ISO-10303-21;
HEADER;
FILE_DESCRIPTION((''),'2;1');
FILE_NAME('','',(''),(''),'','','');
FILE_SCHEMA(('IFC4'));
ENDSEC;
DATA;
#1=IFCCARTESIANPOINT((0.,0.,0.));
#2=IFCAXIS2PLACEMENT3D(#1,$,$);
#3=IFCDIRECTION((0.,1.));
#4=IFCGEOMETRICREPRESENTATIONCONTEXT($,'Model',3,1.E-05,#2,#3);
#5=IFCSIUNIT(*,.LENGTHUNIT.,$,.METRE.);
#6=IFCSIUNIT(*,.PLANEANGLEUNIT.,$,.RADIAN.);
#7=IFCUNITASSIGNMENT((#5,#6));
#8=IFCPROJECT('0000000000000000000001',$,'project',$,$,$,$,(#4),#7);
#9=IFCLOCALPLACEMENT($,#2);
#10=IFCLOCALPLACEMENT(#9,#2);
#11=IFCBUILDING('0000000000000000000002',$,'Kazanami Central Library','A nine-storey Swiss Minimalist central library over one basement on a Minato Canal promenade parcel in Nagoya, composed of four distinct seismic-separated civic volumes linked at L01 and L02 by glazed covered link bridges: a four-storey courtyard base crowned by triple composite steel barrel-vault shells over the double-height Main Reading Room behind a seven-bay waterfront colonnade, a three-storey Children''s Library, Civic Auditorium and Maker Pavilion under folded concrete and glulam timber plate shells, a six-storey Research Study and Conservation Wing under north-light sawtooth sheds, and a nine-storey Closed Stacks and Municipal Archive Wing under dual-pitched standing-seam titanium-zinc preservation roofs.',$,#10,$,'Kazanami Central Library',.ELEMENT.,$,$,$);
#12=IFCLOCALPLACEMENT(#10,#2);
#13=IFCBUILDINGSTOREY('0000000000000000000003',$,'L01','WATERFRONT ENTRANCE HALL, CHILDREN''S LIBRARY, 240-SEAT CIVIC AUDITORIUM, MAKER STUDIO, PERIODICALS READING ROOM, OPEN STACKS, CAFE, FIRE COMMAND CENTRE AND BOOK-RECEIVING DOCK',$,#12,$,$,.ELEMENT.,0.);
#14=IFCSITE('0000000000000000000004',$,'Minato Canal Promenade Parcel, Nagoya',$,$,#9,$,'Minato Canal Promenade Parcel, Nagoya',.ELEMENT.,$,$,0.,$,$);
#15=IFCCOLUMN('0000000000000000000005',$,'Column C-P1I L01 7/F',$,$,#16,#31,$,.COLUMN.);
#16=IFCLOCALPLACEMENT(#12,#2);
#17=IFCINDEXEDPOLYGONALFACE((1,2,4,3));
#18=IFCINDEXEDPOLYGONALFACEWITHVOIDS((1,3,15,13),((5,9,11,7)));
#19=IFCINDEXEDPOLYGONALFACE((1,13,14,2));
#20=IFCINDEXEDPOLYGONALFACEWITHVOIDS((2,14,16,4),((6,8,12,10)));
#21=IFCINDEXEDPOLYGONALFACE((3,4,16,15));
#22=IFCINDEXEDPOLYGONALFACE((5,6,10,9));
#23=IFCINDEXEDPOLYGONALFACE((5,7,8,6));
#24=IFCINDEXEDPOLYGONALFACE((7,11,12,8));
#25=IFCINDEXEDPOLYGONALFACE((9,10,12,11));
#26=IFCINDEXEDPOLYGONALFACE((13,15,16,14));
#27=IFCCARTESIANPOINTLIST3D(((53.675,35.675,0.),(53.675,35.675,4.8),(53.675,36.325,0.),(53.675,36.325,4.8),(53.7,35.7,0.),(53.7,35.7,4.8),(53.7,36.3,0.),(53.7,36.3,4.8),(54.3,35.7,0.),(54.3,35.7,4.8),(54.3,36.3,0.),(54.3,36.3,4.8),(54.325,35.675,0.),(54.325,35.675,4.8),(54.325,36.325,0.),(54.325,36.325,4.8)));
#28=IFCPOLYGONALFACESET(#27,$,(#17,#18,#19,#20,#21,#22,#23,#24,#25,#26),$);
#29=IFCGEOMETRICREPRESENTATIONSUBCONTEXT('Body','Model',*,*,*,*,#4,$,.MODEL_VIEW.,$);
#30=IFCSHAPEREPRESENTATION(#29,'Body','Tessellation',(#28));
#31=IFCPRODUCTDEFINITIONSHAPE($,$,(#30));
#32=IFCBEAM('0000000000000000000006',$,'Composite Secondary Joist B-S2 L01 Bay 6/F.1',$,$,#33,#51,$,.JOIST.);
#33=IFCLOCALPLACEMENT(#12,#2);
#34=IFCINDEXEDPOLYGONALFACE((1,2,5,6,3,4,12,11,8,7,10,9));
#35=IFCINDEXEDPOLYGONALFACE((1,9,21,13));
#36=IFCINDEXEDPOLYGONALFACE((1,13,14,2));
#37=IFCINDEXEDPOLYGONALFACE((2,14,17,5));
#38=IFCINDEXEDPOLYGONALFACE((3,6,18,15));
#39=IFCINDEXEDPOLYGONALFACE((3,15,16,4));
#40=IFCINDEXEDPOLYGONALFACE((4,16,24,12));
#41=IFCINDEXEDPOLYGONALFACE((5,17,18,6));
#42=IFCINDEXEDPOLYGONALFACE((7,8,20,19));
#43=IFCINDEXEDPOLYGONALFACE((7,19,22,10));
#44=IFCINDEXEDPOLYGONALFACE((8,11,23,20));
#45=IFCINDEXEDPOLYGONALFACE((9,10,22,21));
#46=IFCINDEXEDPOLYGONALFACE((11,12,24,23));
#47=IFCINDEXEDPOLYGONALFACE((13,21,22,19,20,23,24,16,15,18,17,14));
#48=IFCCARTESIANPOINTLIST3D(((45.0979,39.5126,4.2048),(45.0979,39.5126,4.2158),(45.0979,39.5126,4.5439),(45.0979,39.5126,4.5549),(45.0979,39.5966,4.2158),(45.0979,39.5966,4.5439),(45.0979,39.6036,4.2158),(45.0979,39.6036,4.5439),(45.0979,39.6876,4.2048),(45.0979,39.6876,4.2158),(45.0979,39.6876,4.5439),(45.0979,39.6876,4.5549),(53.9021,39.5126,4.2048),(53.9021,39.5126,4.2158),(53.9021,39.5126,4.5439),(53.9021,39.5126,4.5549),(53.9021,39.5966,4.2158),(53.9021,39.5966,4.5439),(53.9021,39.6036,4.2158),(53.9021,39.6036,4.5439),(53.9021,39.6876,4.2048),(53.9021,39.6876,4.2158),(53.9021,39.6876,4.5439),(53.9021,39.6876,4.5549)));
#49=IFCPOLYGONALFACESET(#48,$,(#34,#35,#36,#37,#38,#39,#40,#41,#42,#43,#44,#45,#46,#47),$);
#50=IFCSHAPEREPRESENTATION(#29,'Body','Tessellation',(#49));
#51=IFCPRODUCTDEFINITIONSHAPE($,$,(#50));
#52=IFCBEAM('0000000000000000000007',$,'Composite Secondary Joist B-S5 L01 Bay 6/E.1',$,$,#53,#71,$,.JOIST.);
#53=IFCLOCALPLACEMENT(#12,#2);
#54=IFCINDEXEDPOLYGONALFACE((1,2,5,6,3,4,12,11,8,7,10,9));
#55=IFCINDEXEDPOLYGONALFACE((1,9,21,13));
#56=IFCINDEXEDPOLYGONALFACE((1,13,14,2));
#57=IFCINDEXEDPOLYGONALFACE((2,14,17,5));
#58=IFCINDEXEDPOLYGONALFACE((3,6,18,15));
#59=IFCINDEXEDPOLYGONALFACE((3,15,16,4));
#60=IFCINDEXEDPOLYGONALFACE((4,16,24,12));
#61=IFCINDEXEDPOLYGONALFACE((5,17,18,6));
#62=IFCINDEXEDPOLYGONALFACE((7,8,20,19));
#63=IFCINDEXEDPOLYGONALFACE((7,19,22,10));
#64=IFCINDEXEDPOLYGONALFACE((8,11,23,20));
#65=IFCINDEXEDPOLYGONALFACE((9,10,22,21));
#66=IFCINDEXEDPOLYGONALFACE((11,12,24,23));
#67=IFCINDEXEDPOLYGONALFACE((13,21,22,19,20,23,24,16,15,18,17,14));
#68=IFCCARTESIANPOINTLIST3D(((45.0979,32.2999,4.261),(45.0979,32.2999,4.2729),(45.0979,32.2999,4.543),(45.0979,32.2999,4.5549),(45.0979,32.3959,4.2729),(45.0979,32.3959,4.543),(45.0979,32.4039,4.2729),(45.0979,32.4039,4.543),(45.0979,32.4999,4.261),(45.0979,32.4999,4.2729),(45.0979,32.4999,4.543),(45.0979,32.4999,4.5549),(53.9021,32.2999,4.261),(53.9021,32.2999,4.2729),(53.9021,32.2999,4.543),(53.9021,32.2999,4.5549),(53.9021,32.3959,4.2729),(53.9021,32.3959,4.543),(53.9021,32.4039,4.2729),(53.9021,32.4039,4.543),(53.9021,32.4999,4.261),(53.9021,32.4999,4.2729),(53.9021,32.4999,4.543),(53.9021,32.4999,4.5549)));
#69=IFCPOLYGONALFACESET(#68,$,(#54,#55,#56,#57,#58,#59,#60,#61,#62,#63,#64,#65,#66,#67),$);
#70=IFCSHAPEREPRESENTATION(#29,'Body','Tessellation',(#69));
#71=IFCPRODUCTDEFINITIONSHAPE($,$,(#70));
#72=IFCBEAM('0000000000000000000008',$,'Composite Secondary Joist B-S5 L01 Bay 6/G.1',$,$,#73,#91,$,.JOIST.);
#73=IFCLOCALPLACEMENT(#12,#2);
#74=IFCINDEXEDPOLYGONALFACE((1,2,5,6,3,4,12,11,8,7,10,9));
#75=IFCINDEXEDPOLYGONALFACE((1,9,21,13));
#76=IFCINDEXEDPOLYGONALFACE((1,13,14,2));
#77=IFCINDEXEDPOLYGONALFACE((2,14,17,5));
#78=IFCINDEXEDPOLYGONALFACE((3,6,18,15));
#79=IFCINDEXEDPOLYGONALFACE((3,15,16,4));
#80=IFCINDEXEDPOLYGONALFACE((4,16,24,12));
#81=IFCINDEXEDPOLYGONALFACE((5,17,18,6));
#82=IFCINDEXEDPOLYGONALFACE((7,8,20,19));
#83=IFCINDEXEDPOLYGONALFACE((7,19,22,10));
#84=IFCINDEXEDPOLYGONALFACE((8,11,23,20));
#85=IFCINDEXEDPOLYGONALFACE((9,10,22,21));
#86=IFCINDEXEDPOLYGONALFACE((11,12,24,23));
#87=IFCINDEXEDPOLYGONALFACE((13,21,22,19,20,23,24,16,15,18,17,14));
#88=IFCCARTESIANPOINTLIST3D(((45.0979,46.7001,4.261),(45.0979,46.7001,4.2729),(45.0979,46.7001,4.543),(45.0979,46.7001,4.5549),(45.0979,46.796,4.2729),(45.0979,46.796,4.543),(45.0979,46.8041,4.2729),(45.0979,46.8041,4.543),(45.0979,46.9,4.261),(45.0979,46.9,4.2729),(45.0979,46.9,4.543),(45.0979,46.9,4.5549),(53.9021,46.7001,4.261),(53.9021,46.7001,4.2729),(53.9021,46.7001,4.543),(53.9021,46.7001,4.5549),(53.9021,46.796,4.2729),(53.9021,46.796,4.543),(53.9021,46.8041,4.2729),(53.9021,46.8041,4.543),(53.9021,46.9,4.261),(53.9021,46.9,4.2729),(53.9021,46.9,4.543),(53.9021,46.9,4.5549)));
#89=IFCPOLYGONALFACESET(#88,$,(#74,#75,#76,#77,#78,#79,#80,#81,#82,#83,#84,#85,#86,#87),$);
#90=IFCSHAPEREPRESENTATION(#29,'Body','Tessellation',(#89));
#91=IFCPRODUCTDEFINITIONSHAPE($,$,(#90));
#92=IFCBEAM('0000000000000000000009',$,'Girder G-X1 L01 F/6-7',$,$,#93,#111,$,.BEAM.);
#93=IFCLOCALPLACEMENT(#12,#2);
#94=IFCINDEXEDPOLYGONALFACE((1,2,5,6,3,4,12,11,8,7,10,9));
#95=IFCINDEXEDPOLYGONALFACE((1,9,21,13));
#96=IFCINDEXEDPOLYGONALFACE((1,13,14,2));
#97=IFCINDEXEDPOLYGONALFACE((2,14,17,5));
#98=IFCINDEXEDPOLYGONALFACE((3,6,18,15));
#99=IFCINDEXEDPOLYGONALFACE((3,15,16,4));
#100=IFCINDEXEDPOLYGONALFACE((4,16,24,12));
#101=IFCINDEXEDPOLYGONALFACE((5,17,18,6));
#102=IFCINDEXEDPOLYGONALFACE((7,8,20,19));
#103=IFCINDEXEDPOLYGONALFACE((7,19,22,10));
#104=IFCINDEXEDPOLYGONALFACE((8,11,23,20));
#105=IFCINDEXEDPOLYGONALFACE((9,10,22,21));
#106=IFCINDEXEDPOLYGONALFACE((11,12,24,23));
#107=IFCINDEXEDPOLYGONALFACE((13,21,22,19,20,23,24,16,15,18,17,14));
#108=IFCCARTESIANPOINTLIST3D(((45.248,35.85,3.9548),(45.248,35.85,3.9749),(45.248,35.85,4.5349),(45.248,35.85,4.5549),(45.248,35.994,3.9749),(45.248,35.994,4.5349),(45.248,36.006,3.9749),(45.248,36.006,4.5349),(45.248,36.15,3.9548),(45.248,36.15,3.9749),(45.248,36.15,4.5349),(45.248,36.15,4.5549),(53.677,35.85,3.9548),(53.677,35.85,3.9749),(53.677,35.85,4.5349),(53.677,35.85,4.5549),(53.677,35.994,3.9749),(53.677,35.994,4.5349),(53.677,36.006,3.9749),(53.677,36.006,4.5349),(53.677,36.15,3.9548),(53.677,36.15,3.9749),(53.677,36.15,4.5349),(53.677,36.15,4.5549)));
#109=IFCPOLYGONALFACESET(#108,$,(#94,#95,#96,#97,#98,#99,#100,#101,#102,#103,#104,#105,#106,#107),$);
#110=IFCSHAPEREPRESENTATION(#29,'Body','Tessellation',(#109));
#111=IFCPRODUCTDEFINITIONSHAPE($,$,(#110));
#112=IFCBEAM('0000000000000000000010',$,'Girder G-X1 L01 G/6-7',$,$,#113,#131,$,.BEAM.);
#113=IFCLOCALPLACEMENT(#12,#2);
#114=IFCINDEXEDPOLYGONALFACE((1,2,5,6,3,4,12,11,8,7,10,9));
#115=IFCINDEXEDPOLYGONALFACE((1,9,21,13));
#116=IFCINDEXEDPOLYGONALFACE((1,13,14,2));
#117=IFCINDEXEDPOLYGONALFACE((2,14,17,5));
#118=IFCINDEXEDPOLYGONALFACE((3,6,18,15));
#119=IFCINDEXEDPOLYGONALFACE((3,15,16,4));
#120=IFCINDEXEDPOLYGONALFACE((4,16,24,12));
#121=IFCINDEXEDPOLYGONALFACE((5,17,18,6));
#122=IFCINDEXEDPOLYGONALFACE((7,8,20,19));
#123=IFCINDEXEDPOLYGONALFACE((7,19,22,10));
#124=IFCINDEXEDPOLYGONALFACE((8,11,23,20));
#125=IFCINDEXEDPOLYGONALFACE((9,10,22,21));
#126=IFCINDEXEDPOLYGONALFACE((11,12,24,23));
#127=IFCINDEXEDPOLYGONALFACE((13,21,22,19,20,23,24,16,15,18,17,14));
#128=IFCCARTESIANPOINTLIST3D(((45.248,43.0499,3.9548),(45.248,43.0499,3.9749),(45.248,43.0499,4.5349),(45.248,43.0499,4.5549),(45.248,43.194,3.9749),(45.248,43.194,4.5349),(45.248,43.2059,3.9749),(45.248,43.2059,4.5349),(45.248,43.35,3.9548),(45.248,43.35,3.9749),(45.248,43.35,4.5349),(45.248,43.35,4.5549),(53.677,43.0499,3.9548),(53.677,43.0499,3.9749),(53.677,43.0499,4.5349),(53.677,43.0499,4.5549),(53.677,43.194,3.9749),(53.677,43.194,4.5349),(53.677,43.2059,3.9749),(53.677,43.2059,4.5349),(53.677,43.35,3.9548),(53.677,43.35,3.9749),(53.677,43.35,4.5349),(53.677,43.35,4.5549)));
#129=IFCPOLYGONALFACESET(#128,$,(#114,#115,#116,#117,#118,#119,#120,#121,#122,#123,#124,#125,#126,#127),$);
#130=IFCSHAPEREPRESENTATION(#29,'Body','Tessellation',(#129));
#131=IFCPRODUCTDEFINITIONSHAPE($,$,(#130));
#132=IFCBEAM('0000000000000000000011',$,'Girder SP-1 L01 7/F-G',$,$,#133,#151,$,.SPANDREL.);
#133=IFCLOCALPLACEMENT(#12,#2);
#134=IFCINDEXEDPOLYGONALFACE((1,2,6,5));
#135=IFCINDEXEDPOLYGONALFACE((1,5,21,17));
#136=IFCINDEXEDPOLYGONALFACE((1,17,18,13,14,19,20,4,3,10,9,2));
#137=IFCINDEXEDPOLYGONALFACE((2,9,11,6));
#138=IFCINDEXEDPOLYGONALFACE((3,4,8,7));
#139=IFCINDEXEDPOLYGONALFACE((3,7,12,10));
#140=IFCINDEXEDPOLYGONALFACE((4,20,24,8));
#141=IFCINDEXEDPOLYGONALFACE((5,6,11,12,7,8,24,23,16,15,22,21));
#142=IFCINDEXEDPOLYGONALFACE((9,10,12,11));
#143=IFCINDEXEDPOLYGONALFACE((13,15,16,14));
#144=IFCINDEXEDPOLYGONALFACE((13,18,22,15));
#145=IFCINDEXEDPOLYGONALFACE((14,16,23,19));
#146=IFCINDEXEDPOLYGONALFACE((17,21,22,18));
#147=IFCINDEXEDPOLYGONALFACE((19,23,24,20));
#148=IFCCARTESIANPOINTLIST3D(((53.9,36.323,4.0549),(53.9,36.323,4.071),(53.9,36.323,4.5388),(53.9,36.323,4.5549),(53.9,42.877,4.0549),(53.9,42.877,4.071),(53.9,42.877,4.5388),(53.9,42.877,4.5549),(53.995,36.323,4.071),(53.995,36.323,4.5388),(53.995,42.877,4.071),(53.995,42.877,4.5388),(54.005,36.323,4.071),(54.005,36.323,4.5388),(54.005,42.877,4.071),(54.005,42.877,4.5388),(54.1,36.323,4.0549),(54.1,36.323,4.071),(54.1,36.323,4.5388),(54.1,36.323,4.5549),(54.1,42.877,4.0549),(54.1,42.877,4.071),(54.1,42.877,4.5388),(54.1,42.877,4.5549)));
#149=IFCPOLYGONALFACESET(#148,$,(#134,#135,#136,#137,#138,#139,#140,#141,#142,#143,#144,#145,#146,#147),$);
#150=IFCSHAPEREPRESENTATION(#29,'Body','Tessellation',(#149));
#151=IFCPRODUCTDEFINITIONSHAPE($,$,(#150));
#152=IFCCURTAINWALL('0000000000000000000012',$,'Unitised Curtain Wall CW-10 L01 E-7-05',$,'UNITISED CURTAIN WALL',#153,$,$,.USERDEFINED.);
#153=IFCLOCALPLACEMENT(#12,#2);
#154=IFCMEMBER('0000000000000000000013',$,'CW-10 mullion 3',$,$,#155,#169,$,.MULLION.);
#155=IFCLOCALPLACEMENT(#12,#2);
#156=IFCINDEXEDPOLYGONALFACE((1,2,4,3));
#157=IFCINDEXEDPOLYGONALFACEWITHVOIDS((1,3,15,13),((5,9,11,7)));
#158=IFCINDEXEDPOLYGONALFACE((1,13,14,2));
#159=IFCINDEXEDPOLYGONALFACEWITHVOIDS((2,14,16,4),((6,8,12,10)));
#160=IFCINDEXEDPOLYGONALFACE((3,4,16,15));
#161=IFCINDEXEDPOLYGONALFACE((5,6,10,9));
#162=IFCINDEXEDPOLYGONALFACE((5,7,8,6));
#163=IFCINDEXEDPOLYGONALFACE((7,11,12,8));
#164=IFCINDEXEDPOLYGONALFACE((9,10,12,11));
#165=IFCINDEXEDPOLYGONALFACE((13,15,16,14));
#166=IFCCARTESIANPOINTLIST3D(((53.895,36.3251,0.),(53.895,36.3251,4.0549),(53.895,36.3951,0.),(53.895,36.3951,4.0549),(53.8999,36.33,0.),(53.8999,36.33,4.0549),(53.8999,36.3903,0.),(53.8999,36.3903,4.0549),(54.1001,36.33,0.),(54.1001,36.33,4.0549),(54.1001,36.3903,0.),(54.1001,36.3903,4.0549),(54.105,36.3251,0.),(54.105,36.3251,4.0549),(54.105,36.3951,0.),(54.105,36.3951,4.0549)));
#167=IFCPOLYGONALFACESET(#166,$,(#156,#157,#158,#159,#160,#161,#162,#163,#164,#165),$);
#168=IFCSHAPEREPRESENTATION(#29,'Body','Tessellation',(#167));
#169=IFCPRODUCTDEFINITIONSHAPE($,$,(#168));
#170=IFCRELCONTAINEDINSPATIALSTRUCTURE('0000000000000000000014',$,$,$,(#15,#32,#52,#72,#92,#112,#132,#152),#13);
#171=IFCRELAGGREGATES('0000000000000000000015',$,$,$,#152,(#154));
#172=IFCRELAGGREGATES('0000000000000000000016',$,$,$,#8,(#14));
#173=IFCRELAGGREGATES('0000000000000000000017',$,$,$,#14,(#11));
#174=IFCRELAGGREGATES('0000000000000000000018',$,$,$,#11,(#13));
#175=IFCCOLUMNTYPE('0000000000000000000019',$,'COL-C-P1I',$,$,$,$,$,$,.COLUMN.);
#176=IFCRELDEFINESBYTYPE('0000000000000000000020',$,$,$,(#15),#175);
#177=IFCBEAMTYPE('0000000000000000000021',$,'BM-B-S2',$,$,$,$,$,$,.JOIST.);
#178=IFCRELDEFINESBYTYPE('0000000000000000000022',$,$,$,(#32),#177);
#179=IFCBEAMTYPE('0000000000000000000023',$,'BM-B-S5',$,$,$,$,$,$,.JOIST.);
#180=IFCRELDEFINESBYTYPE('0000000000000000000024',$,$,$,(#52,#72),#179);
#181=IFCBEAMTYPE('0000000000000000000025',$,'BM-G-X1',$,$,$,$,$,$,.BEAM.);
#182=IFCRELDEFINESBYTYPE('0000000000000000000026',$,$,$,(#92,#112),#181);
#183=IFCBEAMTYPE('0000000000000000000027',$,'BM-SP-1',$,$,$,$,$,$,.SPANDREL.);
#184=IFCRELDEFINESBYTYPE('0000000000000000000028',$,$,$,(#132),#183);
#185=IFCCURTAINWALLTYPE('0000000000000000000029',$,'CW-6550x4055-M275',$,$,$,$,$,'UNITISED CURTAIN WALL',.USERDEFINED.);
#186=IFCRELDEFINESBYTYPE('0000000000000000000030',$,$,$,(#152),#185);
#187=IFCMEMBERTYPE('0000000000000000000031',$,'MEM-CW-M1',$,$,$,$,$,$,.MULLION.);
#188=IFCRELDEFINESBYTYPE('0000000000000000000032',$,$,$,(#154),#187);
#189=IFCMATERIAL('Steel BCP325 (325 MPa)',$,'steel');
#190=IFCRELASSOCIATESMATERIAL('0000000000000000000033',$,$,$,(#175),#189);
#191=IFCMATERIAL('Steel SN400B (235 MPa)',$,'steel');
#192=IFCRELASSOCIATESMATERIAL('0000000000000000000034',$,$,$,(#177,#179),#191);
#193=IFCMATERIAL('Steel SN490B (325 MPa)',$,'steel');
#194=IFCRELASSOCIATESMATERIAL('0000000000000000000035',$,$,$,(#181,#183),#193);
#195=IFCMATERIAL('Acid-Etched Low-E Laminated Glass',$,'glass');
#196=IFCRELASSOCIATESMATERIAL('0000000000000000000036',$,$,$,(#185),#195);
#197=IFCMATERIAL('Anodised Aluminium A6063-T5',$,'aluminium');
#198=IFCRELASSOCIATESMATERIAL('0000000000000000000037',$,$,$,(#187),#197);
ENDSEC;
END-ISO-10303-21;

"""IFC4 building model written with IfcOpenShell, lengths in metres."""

from ifc_helpers import new_model, si_unit, direction, frame, origin, origin_2d, place, context, subcontext, project, spatial, hollow_rectangle, i_section, extrude, material, material_profile, profile_set, type_object, element, aggregate, save


model = new_model("IFC4")

# Units and contexts
model_context = context("Model", 3, precision=1e-05, world=origin(), true_north=direction((0.0, 1.0)))
body_context = subcontext(model_context, "Body", "Model", "MODEL_VIEW")
ifc_project = project(units=[si_unit("LENGTHUNIT", "METRE"), si_unit("PLANEANGLEUNIT", "RADIAN")], contexts=[model_context])

# Site, building, storey
site_placement = place(None, origin())
site = spatial("IfcSite", under=ifc_project, at=site_placement, Name="Minato Canal Promenade Parcel, Nagoya", LongName="Minato Canal Promenade Parcel, Nagoya", CompositionType="ELEMENT", RefElevation=0.0)
building_placement = place(site_placement, origin())
building = spatial("IfcBuilding", under=site, at=building_placement, Name="Kazanami Central Library", Description="A nine-storey Swiss Minimalist central library over one basement on a Minato Canal promenade parcel in Nagoya, composed of four distinct seismic-separated civic volumes linked at L01 and L02 by glazed covered link bridges: a four-storey courtyard base crowned by triple composite steel barrel-vault shells over the double-height Main Reading Room behind a seven-bay waterfront colonnade, a three-storey Children's Library, Civic Auditorium and Maker Pavilion under folded concrete and glulam timber plate shells, a six-storey Research Study and Conservation Wing under north-light sawtooth sheds, and a nine-storey Closed Stacks and Municipal Archive Wing under dual-pitched standing-seam titanium-zinc preservation roofs.", LongName="Kazanami Central Library", CompositionType="ELEMENT")
storey_placement = place(building_placement, origin())
storey = spatial("IfcBuildingStorey", under=building, at=storey_placement, Name="L01", Description="WATERFRONT ENTRANCE HALL, CHILDREN'S LIBRARY, 240-SEAT CIVIC AUDITORIUM, MAKER STUDIO, PERIODICALS READING ROOM, OPEN STACKS, CAFE, FIRE COMMAND CENTRE AND BOOK-RECEIVING DOCK", CompositionType="ELEMENT", Elevation=0.0)

# Column
ifc_material_1 = material(Name="Steel BCP325 (325 MPa)", Category="steel")
ifc_material_profile_1 = material_profile(ifc_material_1, hollow_rectangle(XDim=0.6499, YDim=0.6499, WallThickness=0.0249, at=origin_2d()), Name="BCP-650x650x25")
ifc_profile_set_1 = profile_set([ifc_material_profile_1], Name="Steel BCP325 (325 MPa)")
column_type = type_object("IfcColumnType", Name="COL-C-P1I", PredefinedType="COLUMN", material=ifc_profile_set_1)
column_placement = place(storey_placement, frame((54.0, 36.0, 0.0), z_axis=(0.0, 0.0, 1.0), x_axis=(1.0, 0.0, 0.0)))
element("IfcColumn", 1, at=column_placement, inside=storey, type_object=column_type, Name="Column C-P1I L01 7/F", PredefinedType="COLUMN", context=body_context, shape_type="SweptSolid", body=[
    extrude(hollow_rectangle(XDim=0.6499, YDim=0.6499, WallThickness=0.0249, at=origin_2d()), origin(), (0.0, 0.0, 1.0), 4.8),
])

# Beams
ifc_material_2 = material(Name="Steel SN400B (235 MPa)", Category="steel")
ifc_material_profile_2 = material_profile(ifc_material_2, i_section(OverallWidth=0.175, OverallDepth=0.3501, WebThickness=0.0071, FlangeThickness=0.011, at=origin_2d()), Name="H-350x175x7x11")
ifc_profile_set_2 = profile_set([ifc_material_profile_2], Name="Steel SN400B (235 MPa)")
beam_type_1 = type_object("IfcBeamType", Name="BM-B-S2", PredefinedType="JOIST", material=ifc_profile_set_2)
beam_1_placement = place(storey_placement, frame((45.0979, 39.6001, 4.3799), z_axis=(1.0, 0.0, 0.0), x_axis=(0.0, 1.0, 0.0)))
element("IfcBeam", 2, at=beam_1_placement, inside=storey, type_object=beam_type_1, Name="Composite Secondary Joist B-S2 L01 Bay 6/F.1", PredefinedType="JOIST", context=body_context, shape_type="SweptSolid", body=[
    extrude(i_section(OverallWidth=0.175, OverallDepth=0.3501, WebThickness=0.0071, FlangeThickness=0.011, at=origin_2d()), origin(), (0.0, 0.0, 1.0), 8.8042),
])
ifc_material_profile_3 = material_profile(ifc_material_2, i_section(OverallWidth=0.2, OverallDepth=0.2939, WebThickness=0.0081, FlangeThickness=0.012, at=origin_2d()), Name="H-294x200x8x12")
ifc_profile_set_3 = profile_set([ifc_material_profile_3], Name="Steel SN400B (235 MPa)")
beam_type_2 = type_object("IfcBeamType", Name="BM-B-S5", PredefinedType="JOIST", material=ifc_profile_set_3)
for number, where, z_axis, x_axis, name in (
    (3, (45.0979, 32.3999, 4.408), (1.0, 0.0, 0.0), (0.0, 1.0, 0.0), "Composite Secondary Joist B-S5 L01 Bay 6/E.1"),
    (4, (45.0979, 46.8, 4.408), (1.0, 0.0, 0.0), (0.0, 1.0, 0.0), "Composite Secondary Joist B-S5 L01 Bay 6/G.1"),
):
    element("IfcBeam", number, at=place(storey_placement, frame(where, z_axis=z_axis, x_axis=x_axis)), inside=storey, type_object=beam_type_2, Name=name, PredefinedType="JOIST", context=body_context, shape_type="SweptSolid", body=[
        extrude(i_section(OverallWidth=0.2, OverallDepth=0.2939, WebThickness=0.0081, FlangeThickness=0.012, at=origin_2d()), origin(), (0.0, 0.0, 1.0), 8.8042),
    ])
ifc_material_3 = material(Name="Steel SN490B (325 MPa)", Category="steel")
ifc_material_profile_4 = material_profile(ifc_material_3, i_section(OverallWidth=0.3, OverallDepth=0.6001, WebThickness=0.012, FlangeThickness=0.02, at=origin_2d()), Name="H-600x300x12x20")
ifc_profile_set_4 = profile_set([ifc_material_profile_4], Name="Steel SN490B (325 MPa)")
beam_type_3 = type_object("IfcBeamType", Name="BM-G-X1", PredefinedType="BEAM", material=ifc_profile_set_4)
for number, where, z_axis, x_axis, name in (
    (5, (45.248, 36.0, 4.2549), (1.0, 0.0, 0.0), (0.0, 1.0, 0.0), "Girder G-X1 L01 F/6-7"),
    (6, (45.248, 43.2, 4.2549), (1.0, 0.0, 0.0), (0.0, 1.0, 0.0), "Girder G-X1 L01 G/6-7"),
):
    element("IfcBeam", number, at=place(storey_placement, frame(where, z_axis=z_axis, x_axis=x_axis)), inside=storey, type_object=beam_type_3, Name=name, PredefinedType="BEAM", context=body_context, shape_type="SweptSolid", body=[
        extrude(i_section(OverallWidth=0.3, OverallDepth=0.6001, WebThickness=0.012, FlangeThickness=0.02, at=origin_2d()), origin(), (0.0, 0.0, 1.0), 8.429),
    ])
ifc_material_profile_5 = material_profile(ifc_material_3, i_section(OverallWidth=0.2, OverallDepth=0.5, WebThickness=0.01, FlangeThickness=0.0161, at=origin_2d()), Name="H-500x200x10x16")
ifc_profile_set_5 = profile_set([ifc_material_profile_5], Name="Steel SN490B (325 MPa)")
beam_type_4 = type_object("IfcBeamType", Name="BM-SP-1", PredefinedType="SPANDREL", material=ifc_profile_set_5)
beam_2_placement = place(storey_placement, frame((54.0, 36.323, 4.3049), z_axis=(0.0, 1.0, 0.0), x_axis=(-1.0, 0.0, 0.0)))
element("IfcBeam", 7, at=beam_2_placement, inside=storey, type_object=beam_type_4, Name="Girder SP-1 L01 7/F-G", PredefinedType="SPANDREL", context=body_context, shape_type="SweptSolid", body=[
    extrude(i_section(OverallWidth=0.2, OverallDepth=0.5, WebThickness=0.01, FlangeThickness=0.0161, at=origin_2d()), origin(), (0.0, 0.0, 1.0), 6.554),
])

# Curtain wall, member
ifc_material_4 = material(Name="Acid-Etched Low-E Laminated Glass", Category="glass")
curtain_wall_type_1 = type_object("IfcCurtainWallType", Name="CW-6550x4055-M275", ElementType="UNITISED CURTAIN WALL", PredefinedType="USERDEFINED", material=ifc_material_4)
curtain_wall_1_placement = place(storey_placement, origin())
curtain_wall_1 = element("IfcCurtainWall", 8, at=curtain_wall_1_placement, inside=storey, type_object=curtain_wall_type_1, Name="Unitised Curtain Wall CW-10 L01 E-7-05", ObjectType="UNITISED CURTAIN WALL", PredefinedType="USERDEFINED")
ifc_material_5 = material(Name="Anodised Aluminium A6063-T5", Category="aluminium")
ifc_material_profile_6 = material_profile(ifc_material_5, hollow_rectangle(XDim=0.0701, YDim=0.21, WallThickness=0.0049, at=origin_2d()), Name="ALU-MULL-70x210x5")
ifc_profile_set_6 = profile_set([ifc_material_profile_6], Name="Anodised Aluminium A6063-T5")
member_type_1 = type_object("IfcMemberType", Name="MEM-CW-M1", PredefinedType="MULLION", material=ifc_profile_set_6)
member_1_placement = place(storey_placement, frame((54.0, 36.3601, 0.0), z_axis=(0.0, 0.0, 1.0), x_axis=(0.0, -1.0, 0.0)))
member_1 = element("IfcMember", 9, at=member_1_placement, type_object=member_type_1, Name="CW-10 mullion 3", PredefinedType="MULLION", context=body_context, shape_type="SweptSolid", body=[
    extrude(hollow_rectangle(XDim=0.0701, YDim=0.21, WallThickness=0.0049, at=origin_2d()), origin(), (0.0, 0.0, 1.0), 4.0549),
])

aggregate(curtain_wall_1, [member_1])

save(model, "model.ifc")
